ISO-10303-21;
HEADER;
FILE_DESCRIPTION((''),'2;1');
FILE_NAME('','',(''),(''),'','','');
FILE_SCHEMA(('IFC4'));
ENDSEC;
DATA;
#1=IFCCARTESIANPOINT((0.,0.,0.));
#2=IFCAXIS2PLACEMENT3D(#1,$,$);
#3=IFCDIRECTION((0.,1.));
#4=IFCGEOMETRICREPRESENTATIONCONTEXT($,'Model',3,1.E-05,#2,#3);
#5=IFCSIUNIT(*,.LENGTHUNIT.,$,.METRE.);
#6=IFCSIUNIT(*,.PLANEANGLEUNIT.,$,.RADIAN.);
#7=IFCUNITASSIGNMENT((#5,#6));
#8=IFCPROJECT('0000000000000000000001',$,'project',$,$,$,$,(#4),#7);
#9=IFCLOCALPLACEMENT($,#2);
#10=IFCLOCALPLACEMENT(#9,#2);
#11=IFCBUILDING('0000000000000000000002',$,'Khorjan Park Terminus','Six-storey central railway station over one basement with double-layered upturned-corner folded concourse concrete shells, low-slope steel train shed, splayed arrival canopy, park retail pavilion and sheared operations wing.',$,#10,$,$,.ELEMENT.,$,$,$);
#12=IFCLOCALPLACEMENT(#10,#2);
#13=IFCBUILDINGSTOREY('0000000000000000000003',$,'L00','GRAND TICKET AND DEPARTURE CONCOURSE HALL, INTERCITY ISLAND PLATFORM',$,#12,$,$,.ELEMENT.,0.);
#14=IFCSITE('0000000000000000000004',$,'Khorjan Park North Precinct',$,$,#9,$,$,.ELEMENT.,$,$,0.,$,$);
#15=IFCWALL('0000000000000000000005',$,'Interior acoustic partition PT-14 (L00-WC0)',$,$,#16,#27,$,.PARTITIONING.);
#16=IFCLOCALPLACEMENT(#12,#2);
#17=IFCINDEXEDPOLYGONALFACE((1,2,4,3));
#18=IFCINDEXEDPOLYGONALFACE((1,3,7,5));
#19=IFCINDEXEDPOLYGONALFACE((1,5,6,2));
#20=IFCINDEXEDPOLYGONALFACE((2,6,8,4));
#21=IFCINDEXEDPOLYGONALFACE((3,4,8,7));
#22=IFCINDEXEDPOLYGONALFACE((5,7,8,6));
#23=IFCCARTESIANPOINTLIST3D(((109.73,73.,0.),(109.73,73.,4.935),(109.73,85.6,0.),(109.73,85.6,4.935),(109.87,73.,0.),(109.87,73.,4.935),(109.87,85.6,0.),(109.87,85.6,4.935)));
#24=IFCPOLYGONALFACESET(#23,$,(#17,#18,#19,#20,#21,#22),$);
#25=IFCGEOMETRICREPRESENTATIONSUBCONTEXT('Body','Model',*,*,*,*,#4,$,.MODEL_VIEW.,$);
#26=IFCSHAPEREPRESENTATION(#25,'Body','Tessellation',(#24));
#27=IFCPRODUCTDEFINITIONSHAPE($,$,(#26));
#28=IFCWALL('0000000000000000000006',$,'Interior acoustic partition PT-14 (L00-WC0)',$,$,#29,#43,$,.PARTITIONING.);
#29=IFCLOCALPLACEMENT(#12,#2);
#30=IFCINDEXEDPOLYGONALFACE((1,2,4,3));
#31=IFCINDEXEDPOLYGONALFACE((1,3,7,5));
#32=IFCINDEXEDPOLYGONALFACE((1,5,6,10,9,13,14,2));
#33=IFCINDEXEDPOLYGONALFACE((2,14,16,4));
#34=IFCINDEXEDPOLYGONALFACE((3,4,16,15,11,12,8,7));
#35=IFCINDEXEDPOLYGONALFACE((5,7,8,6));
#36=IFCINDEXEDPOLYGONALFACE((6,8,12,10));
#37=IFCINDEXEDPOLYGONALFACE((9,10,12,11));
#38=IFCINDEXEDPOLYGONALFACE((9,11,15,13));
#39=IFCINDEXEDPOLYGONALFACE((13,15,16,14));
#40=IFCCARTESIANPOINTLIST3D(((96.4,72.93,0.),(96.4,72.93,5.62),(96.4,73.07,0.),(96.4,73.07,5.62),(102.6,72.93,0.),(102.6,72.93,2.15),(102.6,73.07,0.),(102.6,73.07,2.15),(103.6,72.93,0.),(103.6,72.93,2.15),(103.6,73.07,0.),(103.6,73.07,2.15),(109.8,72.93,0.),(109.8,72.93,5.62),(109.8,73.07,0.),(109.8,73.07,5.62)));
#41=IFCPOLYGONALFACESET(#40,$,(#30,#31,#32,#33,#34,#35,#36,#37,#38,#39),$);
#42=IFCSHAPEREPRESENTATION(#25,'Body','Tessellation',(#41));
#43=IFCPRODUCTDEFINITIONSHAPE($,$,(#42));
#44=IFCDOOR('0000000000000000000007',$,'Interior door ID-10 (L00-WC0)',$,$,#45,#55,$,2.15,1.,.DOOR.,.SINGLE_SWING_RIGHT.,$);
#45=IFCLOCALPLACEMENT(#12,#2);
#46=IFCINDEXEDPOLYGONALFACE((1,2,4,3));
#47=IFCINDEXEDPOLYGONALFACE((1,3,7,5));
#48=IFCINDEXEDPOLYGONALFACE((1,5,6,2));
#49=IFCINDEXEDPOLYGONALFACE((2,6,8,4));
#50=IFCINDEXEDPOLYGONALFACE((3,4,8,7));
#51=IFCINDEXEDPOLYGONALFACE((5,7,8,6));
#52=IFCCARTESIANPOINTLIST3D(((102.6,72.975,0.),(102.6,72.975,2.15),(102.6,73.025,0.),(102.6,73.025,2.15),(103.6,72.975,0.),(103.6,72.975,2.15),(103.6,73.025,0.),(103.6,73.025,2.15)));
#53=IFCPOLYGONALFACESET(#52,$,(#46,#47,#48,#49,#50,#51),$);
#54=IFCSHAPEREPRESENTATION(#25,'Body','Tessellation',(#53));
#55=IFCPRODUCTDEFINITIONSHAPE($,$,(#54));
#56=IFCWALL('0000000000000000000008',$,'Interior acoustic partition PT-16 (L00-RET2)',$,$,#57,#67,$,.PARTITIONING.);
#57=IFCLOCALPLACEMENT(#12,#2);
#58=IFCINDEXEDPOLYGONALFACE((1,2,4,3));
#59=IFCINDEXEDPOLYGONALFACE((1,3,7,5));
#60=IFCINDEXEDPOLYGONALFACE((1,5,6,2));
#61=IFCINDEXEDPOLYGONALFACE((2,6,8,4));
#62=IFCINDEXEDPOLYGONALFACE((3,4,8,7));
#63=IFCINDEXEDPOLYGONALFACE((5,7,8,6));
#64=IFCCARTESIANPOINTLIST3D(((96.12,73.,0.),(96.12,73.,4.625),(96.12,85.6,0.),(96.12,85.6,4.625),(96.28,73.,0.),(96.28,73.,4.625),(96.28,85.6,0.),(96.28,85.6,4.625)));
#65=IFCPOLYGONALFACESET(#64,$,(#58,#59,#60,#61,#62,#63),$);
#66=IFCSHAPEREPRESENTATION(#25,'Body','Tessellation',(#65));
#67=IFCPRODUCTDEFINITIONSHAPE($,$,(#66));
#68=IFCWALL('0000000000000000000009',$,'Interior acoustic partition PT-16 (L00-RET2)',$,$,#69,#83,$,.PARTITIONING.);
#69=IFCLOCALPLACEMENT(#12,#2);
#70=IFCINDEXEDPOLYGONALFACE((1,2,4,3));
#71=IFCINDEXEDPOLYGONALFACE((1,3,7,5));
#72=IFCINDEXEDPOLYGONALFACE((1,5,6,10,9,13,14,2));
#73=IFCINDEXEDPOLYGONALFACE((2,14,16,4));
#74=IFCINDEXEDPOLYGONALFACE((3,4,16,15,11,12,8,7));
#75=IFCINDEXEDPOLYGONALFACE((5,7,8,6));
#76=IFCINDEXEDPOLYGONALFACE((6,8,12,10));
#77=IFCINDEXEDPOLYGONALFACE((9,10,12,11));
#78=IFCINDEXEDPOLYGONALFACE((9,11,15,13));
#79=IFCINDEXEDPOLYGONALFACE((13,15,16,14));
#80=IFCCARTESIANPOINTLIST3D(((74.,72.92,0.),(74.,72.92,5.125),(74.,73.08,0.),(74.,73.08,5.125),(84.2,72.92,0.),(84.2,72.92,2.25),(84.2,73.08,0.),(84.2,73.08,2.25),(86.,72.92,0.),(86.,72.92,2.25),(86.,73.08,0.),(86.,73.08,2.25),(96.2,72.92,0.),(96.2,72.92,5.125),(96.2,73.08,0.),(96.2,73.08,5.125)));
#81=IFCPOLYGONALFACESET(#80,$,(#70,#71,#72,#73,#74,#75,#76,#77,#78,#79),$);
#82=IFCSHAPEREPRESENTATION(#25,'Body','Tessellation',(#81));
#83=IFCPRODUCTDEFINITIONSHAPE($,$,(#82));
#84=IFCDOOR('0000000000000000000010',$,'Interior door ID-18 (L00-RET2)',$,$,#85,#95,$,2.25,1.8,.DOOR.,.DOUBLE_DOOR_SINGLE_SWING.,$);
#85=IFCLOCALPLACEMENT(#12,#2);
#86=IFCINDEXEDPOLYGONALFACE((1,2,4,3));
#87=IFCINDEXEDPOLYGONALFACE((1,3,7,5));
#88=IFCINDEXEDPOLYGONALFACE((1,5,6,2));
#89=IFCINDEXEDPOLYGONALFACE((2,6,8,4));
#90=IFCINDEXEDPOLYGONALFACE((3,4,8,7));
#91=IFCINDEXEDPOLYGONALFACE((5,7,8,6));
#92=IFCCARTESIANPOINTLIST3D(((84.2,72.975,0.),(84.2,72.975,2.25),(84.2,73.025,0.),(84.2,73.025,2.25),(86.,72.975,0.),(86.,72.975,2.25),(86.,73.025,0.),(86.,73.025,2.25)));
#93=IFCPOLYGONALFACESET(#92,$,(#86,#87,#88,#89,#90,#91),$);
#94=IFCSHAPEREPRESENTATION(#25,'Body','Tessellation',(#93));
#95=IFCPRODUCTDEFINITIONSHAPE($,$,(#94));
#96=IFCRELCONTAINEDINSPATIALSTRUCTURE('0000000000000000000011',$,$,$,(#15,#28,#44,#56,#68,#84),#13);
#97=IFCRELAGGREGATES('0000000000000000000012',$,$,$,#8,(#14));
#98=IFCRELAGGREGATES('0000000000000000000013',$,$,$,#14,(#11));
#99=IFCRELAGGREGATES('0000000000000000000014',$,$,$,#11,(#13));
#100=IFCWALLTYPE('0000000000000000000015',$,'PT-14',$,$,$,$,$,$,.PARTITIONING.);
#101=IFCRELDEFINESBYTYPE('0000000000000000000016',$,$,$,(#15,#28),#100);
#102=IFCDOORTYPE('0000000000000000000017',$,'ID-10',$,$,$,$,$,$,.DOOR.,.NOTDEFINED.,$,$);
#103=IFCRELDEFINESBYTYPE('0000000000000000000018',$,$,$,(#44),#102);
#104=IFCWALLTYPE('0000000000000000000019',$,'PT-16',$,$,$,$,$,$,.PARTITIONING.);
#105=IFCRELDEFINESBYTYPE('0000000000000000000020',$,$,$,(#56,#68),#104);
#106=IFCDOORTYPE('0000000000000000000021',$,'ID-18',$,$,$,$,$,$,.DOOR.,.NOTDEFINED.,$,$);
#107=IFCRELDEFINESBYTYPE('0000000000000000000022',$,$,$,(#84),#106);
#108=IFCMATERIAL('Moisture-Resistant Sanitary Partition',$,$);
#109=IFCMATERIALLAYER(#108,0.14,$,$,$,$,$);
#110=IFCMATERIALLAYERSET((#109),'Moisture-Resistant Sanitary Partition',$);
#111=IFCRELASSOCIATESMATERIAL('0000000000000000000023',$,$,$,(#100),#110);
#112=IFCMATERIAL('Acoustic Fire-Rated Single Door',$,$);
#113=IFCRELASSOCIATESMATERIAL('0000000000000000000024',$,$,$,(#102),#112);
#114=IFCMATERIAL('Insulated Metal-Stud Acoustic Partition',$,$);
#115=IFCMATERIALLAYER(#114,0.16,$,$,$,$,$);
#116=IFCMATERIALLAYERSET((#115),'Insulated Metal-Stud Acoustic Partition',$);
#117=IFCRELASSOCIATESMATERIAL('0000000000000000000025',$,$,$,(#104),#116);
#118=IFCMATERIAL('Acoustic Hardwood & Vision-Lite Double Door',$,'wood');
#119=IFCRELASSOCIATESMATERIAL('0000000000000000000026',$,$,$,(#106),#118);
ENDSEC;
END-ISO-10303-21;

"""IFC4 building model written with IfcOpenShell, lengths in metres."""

from ifc_helpers import new_model, si_unit, direction, frame, frame_2d, origin, place, context, subcontext, project, spatial, rectangle, extrude, material, layer, layer_set, type_object, element, fill, save


model = new_model("IFC4")

# Units and contexts
model_context = context("Model", 3, precision=1e-05, world=origin(), true_north=direction((0.0, 1.0)))
body_context = subcontext(model_context, "Body", "Model", "MODEL_VIEW")
ifc_project = project(units=[si_unit("LENGTHUNIT", "METRE"), si_unit("PLANEANGLEUNIT", "RADIAN")], contexts=[model_context])

# Site, building, storey
site_placement = place(None, origin())
site = spatial("IfcSite", under=ifc_project, at=site_placement, Name="Khorjan Park North Precinct", CompositionType="ELEMENT", RefElevation=0.0)
building_placement = place(site_placement, origin())
building = spatial("IfcBuilding", under=site, at=building_placement, Name="Khorjan Park Terminus", Description="Six-storey central railway station over one basement with double-layered upturned-corner folded concourse concrete shells, low-slope steel train shed, splayed arrival canopy, park retail pavilion and sheared operations wing.", CompositionType="ELEMENT")
storey_placement = place(building_placement, origin())
storey = spatial("IfcBuildingStorey", under=building, at=storey_placement, Name="L00", Description="GRAND TICKET AND DEPARTURE CONCOURSE HALL, INTERCITY ISLAND PLATFORM", CompositionType="ELEMENT", Elevation=0.0)

# Wall
ifc_material_1 = material(Name="Moisture-Resistant Sanitary Partition")
ifc_layer_1 = layer(ifc_material_1, 0.14)
ifc_layer_set_1 = layer_set([ifc_layer_1], Name="Moisture-Resistant Sanitary Partition")
wall_type_1 = type_object("IfcWallType", Name="PT-14", PredefinedType="PARTITIONING", material=ifc_layer_set_1)
wall_1_placement = place(storey_placement, frame((109.8, 85.6, 0.0), z_axis=(0.0, 0.0, 1.0), x_axis=(0.0, -1.0, 0.0)))
element("IfcWall", 1, at=wall_1_placement, inside=storey, type_object=wall_type_1, Name="Interior acoustic partition PT-14 (L00-WC0)", PredefinedType="PARTITIONING", context=body_context, shape_type="SweptSolid", body=[
    extrude(rectangle(XDim=12.6, YDim=0.14, at=frame_2d((6.3, 0.0))), origin(), (0.0, 0.0, 1.0), 4.935),
])

# Wall, opening, door
wall_2_placement = place(storey_placement, frame((109.8, 73.0, 0.0), z_axis=(0.0, 0.0, 1.0), x_axis=(-1.0, 0.0, 0.0)))
wall_2 = element("IfcWall", 2, at=wall_2_placement, inside=storey, type_object=wall_type_1, Name="Interior acoustic partition PT-14 (L00-WC0)", PredefinedType="PARTITIONING", context=body_context, shape_type="SweptSolid", body=[
    extrude(rectangle(XDim=13.4, YDim=0.14, at=frame_2d((6.7, 0.0))), origin(), (0.0, 0.0, 1.0), 5.62),
])
opening_1_placement = place(wall_2_placement, frame((6.2, 0.0, 0.0)))
opening_1 = element("IfcOpeningElement", 3, at=opening_1_placement, cuts=wall_2, PredefinedType="OPENING", context=body_context, shape_type="SweptSolid", body=[
    extrude(rectangle(XDim=1.0, YDim=2.15, at=frame_2d((0.5, 1.075))), frame((0.0, 0.08, 0.0), z_axis=(0.0, -1.0, 0.0), x_axis=(1.0, 0.0, 0.0)), (0.0, 0.0, 1.0), 0.16),
])
ifc_material_2 = material(Name="Acoustic Fire-Rated Single Door")
door_type_1 = type_object("IfcDoorType", Name="ID-10", OperationType="NOTDEFINED", PredefinedType="DOOR", material=ifc_material_2)
door_1_placement = place(opening_1_placement, origin())
door_1 = element("IfcDoor", 4, at=door_1_placement, inside=storey, type_object=door_type_1, Name="Interior door ID-10 (L00-WC0)", OperationType="SINGLE_SWING_RIGHT", OverallHeight=2.15, OverallWidth=1.0, PredefinedType="DOOR", context=body_context, shape_type="SweptSolid", body=[
    extrude(rectangle(XDim=1.0, YDim=2.15, at=frame_2d((0.5, 1.075))), frame((0.0, 0.025, 0.0), z_axis=(0.0, -1.0, 0.0), x_axis=(1.0, 0.0, 0.0)), (0.0, 0.0, 1.0), 0.05),
])
fill(opening_1, door_1)

# Wall
ifc_material_3 = material(Name="Insulated Metal-Stud Acoustic Partition")
ifc_layer_2 = layer(ifc_material_3, 0.16)
ifc_layer_set_2 = layer_set([ifc_layer_2], Name="Insulated Metal-Stud Acoustic Partition")
wall_type_2 = type_object("IfcWallType", Name="PT-16", PredefinedType="PARTITIONING", material=ifc_layer_set_2)
wall_3_placement = place(storey_placement, frame((96.2, 85.6, 0.0), z_axis=(0.0, 0.0, 1.0), x_axis=(0.0, -1.0, 0.0)))
element("IfcWall", 5, at=wall_3_placement, inside=storey, type_object=wall_type_2, Name="Interior acoustic partition PT-16 (L00-RET2)", PredefinedType="PARTITIONING", context=body_context, shape_type="SweptSolid", body=[
    extrude(rectangle(XDim=12.6, YDim=0.16, at=frame_2d((6.3, 0.0))), origin(), (0.0, 0.0, 1.0), 4.625),
])

# Wall, opening, door
wall_4_placement = place(storey_placement, frame((96.2, 73.0, 0.0), z_axis=(0.0, 0.0, 1.0), x_axis=(-1.0, 0.0, 0.0)))
wall_4 = element("IfcWall", 6, at=wall_4_placement, inside=storey, type_object=wall_type_2, Name="Interior acoustic partition PT-16 (L00-RET2)", PredefinedType="PARTITIONING", context=body_context, shape_type="SweptSolid", body=[
    extrude(rectangle(XDim=22.2, YDim=0.16, at=frame_2d((11.1, 0.0))), origin(), (0.0, 0.0, 1.0), 5.125),
])
opening_2_placement = place(wall_4_placement, frame((10.2, 0.0, 0.0)))
opening_2 = element("IfcOpeningElement", 7, at=opening_2_placement, cuts=wall_4, PredefinedType="OPENING", context=body_context, shape_type="SweptSolid", body=[
    extrude(rectangle(XDim=1.8, YDim=2.25, at=frame_2d((0.9, 1.125))), frame((0.0, 0.09, 0.0), z_axis=(0.0, -1.0, 0.0), x_axis=(1.0, 0.0, 0.0)), (0.0, 0.0, 1.0), 0.18),
])
ifc_material_4 = material(Name="Acoustic Hardwood & Vision-Lite Double Door", Category="wood")
door_type_2 = type_object("IfcDoorType", Name="ID-18", OperationType="NOTDEFINED", PredefinedType="DOOR", material=ifc_material_4)
door_2_placement = place(opening_2_placement, origin())
door_2 = element("IfcDoor", 8, at=door_2_placement, inside=storey, type_object=door_type_2, Name="Interior door ID-18 (L00-RET2)", OperationType="DOUBLE_DOOR_SINGLE_SWING", OverallHeight=2.25, OverallWidth=1.8, PredefinedType="DOOR", context=body_context, shape_type="SweptSolid", body=[
    extrude(rectangle(XDim=1.8, YDim=2.25, at=frame_2d((0.9, 1.125))), frame((0.0, 0.025, 0.0), z_axis=(0.0, -1.0, 0.0), x_axis=(1.0, 0.0, 0.0)), (0.0, 0.0, 1.0), 0.05),
])
fill(opening_2, door_2)

save(model, "model.ifc")
